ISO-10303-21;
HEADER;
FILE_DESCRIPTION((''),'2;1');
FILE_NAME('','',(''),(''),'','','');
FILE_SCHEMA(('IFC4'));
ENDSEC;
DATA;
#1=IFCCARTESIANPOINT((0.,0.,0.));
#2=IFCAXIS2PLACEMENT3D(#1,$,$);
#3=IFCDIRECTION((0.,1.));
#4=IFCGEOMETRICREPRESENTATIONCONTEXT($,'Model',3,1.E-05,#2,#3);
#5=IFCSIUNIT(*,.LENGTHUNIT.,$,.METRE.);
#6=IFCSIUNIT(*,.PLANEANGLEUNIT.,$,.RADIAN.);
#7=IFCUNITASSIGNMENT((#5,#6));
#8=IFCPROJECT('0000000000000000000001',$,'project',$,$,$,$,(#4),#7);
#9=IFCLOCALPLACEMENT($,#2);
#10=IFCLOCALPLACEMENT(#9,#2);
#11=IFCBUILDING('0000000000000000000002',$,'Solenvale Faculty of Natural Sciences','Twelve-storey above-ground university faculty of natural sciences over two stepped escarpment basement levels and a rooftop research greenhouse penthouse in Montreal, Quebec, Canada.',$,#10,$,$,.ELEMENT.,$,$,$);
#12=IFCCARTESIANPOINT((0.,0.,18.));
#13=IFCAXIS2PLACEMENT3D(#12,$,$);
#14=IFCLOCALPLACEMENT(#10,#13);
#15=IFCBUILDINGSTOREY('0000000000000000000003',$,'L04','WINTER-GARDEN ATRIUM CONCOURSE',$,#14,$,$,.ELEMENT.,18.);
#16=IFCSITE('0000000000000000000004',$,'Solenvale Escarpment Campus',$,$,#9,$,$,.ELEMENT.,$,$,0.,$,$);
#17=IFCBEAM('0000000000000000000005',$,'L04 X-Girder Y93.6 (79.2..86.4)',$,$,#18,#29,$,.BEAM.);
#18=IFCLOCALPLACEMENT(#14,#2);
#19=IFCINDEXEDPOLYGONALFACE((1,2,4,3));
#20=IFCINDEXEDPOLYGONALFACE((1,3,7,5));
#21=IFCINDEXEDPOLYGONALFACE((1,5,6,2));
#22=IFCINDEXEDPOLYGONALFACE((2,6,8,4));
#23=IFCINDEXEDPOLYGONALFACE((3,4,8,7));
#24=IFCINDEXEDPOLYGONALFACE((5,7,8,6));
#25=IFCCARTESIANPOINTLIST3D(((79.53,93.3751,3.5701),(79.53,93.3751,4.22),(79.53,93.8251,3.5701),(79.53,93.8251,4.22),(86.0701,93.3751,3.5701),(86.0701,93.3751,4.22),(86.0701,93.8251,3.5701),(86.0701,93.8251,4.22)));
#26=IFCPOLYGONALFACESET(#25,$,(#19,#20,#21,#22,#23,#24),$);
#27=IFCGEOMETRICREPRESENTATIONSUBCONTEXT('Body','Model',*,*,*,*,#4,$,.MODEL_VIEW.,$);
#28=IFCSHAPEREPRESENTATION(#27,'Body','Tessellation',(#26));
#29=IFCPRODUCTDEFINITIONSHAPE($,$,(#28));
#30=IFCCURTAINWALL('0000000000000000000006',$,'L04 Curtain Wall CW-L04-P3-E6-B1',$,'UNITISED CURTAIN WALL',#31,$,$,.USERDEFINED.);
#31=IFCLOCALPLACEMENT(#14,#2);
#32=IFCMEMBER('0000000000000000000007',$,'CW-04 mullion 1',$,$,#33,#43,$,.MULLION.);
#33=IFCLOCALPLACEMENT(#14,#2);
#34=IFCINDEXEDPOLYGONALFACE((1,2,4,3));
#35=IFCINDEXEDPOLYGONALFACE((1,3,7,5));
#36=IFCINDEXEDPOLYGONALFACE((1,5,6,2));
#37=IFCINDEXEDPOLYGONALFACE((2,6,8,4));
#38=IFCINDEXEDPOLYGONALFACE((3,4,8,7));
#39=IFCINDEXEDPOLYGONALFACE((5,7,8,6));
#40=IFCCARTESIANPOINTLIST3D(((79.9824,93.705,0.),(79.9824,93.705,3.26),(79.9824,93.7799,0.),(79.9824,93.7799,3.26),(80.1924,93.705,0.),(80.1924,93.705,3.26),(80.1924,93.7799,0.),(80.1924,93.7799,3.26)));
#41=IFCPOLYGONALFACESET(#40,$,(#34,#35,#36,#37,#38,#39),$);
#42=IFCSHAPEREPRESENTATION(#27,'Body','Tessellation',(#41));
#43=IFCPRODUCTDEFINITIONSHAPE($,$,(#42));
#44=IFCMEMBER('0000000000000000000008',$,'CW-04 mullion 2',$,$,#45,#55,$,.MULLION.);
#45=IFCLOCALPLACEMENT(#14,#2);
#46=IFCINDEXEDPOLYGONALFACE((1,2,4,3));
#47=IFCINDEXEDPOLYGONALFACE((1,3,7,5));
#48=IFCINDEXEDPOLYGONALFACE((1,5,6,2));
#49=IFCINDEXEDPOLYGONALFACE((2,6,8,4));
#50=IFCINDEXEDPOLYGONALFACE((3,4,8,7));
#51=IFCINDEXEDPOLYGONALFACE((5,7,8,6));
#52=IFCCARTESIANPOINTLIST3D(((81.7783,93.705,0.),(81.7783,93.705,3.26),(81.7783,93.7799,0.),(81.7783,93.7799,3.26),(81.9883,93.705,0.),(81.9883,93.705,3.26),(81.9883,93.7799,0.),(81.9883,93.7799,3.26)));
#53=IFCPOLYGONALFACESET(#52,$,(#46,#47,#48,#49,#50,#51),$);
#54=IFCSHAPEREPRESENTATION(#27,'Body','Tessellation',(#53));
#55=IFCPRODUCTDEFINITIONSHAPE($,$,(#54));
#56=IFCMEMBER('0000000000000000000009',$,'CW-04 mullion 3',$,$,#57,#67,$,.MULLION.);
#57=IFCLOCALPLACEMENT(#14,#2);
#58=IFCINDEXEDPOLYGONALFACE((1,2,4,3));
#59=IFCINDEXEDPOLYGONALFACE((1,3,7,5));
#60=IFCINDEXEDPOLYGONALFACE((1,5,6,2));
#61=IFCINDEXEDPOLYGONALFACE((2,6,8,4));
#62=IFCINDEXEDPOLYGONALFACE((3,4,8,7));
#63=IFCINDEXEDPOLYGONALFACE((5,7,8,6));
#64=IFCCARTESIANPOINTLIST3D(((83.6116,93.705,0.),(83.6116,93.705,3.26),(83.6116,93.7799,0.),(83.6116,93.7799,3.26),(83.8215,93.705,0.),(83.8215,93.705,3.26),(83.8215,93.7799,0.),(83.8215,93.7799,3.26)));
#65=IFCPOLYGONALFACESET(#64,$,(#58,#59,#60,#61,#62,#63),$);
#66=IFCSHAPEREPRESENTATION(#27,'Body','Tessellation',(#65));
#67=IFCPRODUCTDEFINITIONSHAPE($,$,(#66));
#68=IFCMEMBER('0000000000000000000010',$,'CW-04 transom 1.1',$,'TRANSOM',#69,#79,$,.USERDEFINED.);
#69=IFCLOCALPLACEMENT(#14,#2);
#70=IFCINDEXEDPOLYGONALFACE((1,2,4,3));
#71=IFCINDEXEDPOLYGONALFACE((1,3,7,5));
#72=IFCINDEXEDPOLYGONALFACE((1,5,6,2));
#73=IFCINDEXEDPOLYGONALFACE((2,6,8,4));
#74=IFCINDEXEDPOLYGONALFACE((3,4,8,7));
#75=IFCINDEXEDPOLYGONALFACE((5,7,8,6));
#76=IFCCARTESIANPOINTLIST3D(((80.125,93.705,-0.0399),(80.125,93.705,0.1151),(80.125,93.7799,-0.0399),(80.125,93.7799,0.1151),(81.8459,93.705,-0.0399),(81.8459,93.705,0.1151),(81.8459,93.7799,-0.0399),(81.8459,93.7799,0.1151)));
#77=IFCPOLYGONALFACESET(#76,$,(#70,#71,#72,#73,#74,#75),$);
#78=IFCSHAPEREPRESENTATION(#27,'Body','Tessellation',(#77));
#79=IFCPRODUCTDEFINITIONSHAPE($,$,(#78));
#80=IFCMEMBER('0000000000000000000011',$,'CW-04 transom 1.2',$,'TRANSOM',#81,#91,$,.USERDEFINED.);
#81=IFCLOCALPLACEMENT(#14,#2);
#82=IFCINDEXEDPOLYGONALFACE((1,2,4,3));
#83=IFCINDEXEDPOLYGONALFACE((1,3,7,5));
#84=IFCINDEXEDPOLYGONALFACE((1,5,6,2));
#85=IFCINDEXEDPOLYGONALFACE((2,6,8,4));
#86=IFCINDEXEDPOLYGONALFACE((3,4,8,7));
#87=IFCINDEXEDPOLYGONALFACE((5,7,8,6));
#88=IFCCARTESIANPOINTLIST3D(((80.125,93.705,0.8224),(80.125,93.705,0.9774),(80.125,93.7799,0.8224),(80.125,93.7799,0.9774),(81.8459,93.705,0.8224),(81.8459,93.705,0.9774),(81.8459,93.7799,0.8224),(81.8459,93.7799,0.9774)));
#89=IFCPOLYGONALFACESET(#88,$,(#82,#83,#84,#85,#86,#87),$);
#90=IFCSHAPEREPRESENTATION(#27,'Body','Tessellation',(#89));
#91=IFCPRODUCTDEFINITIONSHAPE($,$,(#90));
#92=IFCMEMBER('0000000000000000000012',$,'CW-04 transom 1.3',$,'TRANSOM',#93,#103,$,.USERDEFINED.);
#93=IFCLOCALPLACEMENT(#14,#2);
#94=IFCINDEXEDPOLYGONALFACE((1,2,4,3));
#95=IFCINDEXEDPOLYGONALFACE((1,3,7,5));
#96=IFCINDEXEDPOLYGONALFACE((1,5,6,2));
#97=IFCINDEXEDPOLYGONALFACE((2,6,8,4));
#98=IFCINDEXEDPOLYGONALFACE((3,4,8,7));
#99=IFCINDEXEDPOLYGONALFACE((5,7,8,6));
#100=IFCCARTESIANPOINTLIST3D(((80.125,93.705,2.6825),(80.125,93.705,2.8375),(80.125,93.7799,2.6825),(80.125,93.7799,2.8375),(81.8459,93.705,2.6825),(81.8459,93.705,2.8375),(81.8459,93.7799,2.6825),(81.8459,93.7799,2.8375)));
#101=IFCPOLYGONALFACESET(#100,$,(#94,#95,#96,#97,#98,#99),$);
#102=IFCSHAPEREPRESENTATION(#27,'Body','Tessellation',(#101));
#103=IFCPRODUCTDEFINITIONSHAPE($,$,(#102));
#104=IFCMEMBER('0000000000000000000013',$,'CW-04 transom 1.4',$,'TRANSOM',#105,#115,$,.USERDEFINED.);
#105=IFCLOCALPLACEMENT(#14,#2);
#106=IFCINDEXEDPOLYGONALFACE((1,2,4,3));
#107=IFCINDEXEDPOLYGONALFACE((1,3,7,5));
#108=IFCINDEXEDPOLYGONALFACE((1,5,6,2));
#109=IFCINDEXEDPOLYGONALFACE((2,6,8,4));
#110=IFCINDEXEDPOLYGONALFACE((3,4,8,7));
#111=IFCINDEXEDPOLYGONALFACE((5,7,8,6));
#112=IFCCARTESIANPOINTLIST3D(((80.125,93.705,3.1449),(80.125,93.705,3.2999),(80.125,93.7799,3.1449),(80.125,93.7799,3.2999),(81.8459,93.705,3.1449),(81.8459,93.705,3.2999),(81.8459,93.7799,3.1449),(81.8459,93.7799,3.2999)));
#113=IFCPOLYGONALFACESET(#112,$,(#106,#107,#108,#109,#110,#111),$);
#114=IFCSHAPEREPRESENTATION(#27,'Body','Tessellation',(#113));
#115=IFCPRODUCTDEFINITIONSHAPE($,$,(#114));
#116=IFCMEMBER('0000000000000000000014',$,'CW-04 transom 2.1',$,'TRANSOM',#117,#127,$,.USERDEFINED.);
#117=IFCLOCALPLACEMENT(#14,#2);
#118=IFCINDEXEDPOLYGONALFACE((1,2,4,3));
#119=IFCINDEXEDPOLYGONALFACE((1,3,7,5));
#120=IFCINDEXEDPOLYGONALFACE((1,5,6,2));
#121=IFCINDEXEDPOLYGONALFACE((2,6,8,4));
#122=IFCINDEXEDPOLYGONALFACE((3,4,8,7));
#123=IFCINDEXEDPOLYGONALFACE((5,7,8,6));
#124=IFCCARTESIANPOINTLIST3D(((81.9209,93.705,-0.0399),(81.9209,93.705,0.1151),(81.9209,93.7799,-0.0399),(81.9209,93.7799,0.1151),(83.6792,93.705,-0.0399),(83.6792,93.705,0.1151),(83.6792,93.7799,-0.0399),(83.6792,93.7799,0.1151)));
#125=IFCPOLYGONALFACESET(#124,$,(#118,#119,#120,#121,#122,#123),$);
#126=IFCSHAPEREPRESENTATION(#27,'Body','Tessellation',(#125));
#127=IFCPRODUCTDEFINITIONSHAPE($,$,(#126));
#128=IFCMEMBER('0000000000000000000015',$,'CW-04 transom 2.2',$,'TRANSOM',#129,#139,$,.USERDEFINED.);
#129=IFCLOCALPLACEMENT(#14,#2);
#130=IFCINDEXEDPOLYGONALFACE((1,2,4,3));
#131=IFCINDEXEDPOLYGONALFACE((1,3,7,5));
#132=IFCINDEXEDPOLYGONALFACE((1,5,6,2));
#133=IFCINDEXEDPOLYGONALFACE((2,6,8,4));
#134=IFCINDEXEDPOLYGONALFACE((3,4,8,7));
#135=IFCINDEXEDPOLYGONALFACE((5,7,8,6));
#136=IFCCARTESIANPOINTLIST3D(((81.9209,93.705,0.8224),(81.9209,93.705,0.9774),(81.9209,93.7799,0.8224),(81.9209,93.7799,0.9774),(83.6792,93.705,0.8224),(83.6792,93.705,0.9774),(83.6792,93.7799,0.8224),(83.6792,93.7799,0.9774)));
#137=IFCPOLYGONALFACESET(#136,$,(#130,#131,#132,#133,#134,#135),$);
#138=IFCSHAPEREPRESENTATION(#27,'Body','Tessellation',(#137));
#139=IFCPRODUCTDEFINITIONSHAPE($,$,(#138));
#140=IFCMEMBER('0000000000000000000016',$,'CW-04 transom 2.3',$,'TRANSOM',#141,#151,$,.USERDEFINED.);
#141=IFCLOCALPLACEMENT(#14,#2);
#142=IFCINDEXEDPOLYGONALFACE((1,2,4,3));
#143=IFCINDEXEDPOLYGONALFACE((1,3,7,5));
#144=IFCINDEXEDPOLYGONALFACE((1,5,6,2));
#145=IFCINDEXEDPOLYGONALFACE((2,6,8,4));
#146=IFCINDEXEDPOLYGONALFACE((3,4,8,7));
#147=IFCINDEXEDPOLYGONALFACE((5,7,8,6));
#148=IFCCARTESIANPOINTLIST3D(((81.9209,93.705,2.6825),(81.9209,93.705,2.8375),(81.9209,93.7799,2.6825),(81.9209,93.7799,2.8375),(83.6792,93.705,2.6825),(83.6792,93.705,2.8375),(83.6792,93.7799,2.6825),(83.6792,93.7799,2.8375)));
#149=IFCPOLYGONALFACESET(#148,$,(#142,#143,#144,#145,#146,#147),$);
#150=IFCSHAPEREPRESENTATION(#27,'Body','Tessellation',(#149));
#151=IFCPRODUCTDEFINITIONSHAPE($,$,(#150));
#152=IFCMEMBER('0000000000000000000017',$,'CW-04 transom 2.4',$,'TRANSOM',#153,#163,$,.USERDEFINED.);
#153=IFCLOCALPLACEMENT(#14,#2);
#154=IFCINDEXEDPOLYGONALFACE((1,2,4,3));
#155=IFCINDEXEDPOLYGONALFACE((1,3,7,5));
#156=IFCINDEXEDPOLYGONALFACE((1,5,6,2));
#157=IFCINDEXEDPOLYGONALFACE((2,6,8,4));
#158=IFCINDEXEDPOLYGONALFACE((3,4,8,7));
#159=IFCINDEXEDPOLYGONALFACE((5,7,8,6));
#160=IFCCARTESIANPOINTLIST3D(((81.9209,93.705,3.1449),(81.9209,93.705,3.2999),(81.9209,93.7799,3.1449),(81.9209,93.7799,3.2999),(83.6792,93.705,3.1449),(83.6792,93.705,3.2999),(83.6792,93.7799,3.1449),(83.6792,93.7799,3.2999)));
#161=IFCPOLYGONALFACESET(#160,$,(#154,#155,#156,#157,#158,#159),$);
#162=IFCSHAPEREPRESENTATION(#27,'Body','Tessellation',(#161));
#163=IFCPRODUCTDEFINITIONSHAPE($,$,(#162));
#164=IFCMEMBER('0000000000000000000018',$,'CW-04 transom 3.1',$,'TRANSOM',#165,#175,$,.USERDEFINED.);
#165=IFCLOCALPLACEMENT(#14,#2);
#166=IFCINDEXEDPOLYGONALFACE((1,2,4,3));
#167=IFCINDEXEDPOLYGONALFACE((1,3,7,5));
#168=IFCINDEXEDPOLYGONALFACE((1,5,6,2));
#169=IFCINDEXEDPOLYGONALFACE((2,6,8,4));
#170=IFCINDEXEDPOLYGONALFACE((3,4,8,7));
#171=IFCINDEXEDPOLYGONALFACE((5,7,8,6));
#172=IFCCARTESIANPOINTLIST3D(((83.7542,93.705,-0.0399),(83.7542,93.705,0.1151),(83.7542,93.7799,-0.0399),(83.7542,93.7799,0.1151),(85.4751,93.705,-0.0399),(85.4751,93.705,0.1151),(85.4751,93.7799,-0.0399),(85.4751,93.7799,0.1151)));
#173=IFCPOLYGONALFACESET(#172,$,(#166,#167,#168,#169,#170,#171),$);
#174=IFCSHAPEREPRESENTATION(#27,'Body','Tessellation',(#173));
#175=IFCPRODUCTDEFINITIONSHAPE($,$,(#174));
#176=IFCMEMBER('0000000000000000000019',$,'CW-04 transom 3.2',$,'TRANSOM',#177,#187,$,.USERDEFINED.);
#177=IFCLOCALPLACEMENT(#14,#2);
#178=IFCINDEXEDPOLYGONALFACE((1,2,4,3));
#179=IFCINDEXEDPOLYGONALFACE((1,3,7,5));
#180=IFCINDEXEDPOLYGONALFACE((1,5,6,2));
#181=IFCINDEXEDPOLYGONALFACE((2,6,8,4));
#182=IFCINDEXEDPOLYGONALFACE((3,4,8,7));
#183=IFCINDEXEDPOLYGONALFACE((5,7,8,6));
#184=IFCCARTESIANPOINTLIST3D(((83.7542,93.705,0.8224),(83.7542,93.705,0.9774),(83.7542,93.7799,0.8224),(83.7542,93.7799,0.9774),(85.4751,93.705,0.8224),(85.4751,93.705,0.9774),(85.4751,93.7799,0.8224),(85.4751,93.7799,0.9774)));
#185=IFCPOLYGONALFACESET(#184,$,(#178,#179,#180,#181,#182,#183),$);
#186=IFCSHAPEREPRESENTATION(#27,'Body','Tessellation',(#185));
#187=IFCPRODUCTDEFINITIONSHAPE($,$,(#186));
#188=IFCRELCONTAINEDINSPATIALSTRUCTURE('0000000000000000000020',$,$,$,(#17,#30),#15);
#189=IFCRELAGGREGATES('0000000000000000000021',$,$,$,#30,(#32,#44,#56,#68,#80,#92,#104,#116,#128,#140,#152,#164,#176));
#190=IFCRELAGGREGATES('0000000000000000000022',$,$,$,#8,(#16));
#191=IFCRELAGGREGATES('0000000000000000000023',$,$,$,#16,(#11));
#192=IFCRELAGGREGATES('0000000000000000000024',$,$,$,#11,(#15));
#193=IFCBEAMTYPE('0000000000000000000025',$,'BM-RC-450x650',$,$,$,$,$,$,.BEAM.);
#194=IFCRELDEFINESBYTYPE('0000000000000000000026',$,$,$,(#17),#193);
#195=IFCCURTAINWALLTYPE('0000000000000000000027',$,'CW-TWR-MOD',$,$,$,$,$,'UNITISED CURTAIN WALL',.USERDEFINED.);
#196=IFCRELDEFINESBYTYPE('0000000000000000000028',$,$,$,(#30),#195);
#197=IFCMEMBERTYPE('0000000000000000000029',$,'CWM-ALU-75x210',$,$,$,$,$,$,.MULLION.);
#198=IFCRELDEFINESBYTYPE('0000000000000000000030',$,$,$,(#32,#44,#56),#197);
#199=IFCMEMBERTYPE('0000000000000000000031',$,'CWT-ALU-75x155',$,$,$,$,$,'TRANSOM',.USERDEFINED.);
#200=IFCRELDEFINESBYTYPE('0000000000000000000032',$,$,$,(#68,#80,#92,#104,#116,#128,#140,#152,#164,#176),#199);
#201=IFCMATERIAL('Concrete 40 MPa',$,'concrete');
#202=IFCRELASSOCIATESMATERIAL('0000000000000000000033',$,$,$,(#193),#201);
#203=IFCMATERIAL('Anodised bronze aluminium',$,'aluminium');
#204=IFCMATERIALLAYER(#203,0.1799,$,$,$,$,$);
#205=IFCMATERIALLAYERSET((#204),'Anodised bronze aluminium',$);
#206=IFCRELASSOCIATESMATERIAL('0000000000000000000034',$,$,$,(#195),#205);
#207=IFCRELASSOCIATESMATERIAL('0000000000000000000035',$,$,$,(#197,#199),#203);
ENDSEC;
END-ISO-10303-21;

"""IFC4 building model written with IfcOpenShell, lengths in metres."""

from ifc_helpers import new_model, si_unit, direction, frame, origin, origin_2d, place, context, subcontext, project, spatial, rectangle, extrude, material, layer, layer_set, material_profile, profile_set, type_object, element, aggregate, save


model = new_model("IFC4")

# Units and contexts
model_context = context("Model", 3, precision=1e-05, world=origin(), true_north=direction((0.0, 1.0)))
body_context = subcontext(model_context, "Body", "Model", "MODEL_VIEW")
ifc_project = project(units=[si_unit("LENGTHUNIT", "METRE"), si_unit("PLANEANGLEUNIT", "RADIAN")], contexts=[model_context])

# Site, building, storey
site_placement = place(None, origin())
site = spatial("IfcSite", under=ifc_project, at=site_placement, Name="Solenvale Escarpment Campus", CompositionType="ELEMENT", RefElevation=0.0)
building_placement = place(site_placement, origin())
building = spatial("IfcBuilding", under=site, at=building_placement, Name="Solenvale Faculty of Natural Sciences", Description="Twelve-storey above-ground university faculty of natural sciences over two stepped escarpment basement levels and a rooftop research greenhouse penthouse in Montreal, Quebec, Canada.", CompositionType="ELEMENT")
storey_placement = place(building_placement, frame((0.0, 0.0, 18.0)))
storey = spatial("IfcBuildingStorey", under=building, at=storey_placement, Name="L04", Description="WINTER-GARDEN ATRIUM CONCOURSE", CompositionType="ELEMENT", Elevation=18.0)

# Beam
ifc_material_1 = material(Name="Concrete 40 MPa", Category="concrete")
ifc_material_profile_1 = material_profile(ifc_material_1, rectangle(XDim=0.45, YDim=0.6499, at=origin_2d()), Name="RC-BM-450x650")
ifc_profile_set_1 = profile_set([ifc_material_profile_1], Name="Concrete 40 MPa")
beam_type = type_object("IfcBeamType", Name="BM-RC-450x650", PredefinedType="BEAM", material=ifc_profile_set_1)
beam_placement = place(storey_placement, frame((79.53, 93.6001, 3.895), z_axis=(1.0, 0.0, 0.0), x_axis=(0.0, 1.0, 0.0)))
element("IfcBeam", 1, at=beam_placement, inside=storey, type_object=beam_type, Name="L04 X-Girder Y93.6 (79.2..86.4)", PredefinedType="BEAM", context=body_context, shape_type="SweptSolid", body=[
    extrude(rectangle(XDim=0.45, YDim=0.6499, at=origin_2d()), origin(), (0.0, 0.0, 1.0), 6.54),
])

# Curtain wall, members
ifc_material_2 = material(Name="Anodised bronze aluminium", Category="aluminium")
ifc_layer_1 = layer(ifc_material_2, 0.1799)
ifc_layer_set_1 = layer_set([ifc_layer_1], Name="Anodised bronze aluminium")
curtain_wall_type = type_object("IfcCurtainWallType", Name="CW-TWR-MOD", ElementType="UNITISED CURTAIN WALL", PredefinedType="USERDEFINED", material=ifc_layer_set_1)
curtain_wall_placement = place(storey_placement, origin())
curtain_wall = element("IfcCurtainWall", 2, at=curtain_wall_placement, inside=storey, type_object=curtain_wall_type, Name="L04 Curtain Wall CW-L04-P3-E6-B1", ObjectType="UNITISED CURTAIN WALL", PredefinedType="USERDEFINED")
ifc_material_profile_2 = material_profile(ifc_material_2, rectangle(XDim=0.075, YDim=0.21, at=origin_2d()), Name="ALU-MUL-75x210")
ifc_profile_set_2 = profile_set([ifc_material_profile_2], Name="Anodised bronze aluminium")
member_type_1 = type_object("IfcMemberType", Name="CWM-ALU-75x210", PredefinedType="MULLION", material=ifc_profile_set_2)
member_1_placement = place(storey_placement, frame((80.0874, 93.7424, 0.0), z_axis=(0.0, 0.0, 1.0), x_axis=(0.0, 1.0, 0.0)))
member_1 = element("IfcMember", 3, at=member_1_placement, type_object=member_type_1, Name="CW-04 mullion 1", PredefinedType="MULLION", context=body_context, shape_type="SweptSolid", body=[
    extrude(rectangle(XDim=0.075, YDim=0.21, at=origin_2d()), origin(), (0.0, 0.0, 1.0), 3.26),
])
member_2_placement = place(storey_placement, frame((81.8833, 93.7424, 0.0), z_axis=(0.0, 0.0, 1.0), x_axis=(0.0, 1.0, 0.0)))
member_2 = element("IfcMember", 4, at=member_2_placement, type_object=member_type_1, Name="CW-04 mullion 2", PredefinedType="MULLION", context=body_context, shape_type="SweptSolid", body=[
    extrude(rectangle(XDim=0.075, YDim=0.21, at=origin_2d()), origin(), (0.0, 0.0, 1.0), 3.26),
])
member_3_placement = place(storey_placement, frame((83.7166, 93.7424, 0.0), z_axis=(0.0, 0.0, 1.0), x_axis=(0.0, 1.0, 0.0)))
member_3 = element("IfcMember", 5, at=member_3_placement, type_object=member_type_1, Name="CW-04 mullion 3", PredefinedType="MULLION", context=body_context, shape_type="SweptSolid", body=[
    extrude(rectangle(XDim=0.075, YDim=0.21, at=origin_2d()), origin(), (0.0, 0.0, 1.0), 3.26),
])
ifc_material_profile_3 = material_profile(ifc_material_2, rectangle(XDim=0.075, YDim=0.155, at=origin_2d()), Name="ALU-TRN-75x155")
ifc_profile_set_3 = profile_set([ifc_material_profile_3], Name="Anodised bronze aluminium")
member_type_2 = type_object("IfcMemberType", Name="CWT-ALU-75x155", ElementType="TRANSOM", PredefinedType="USERDEFINED", material=ifc_profile_set_3)
member_4_placement = place(storey_placement, frame((80.125, 93.7424, 0.0376), z_axis=(1.0, 0.0, 0.0), x_axis=(0.0, 1.0, 0.0)))
member_4 = element("IfcMember", 6, at=member_4_placement, type_object=member_type_2, Name="CW-04 transom 1.1", ObjectType="TRANSOM", PredefinedType="USERDEFINED", context=body_context, shape_type="SweptSolid", body=[
    extrude(rectangle(XDim=0.075, YDim=0.155, at=origin_2d()), origin(), (0.0, 0.0, 1.0), 1.7209),
])
member_5_placement = place(storey_placement, frame((80.125, 93.7424, 0.8999), z_axis=(1.0, 0.0, 0.0), x_axis=(0.0, 1.0, 0.0)))
member_5 = element("IfcMember", 7, at=member_5_placement, type_object=member_type_2, Name="CW-04 transom 1.2", ObjectType="TRANSOM", PredefinedType="USERDEFINED", context=body_context, shape_type="SweptSolid", body=[
    extrude(rectangle(XDim=0.075, YDim=0.155, at=origin_2d()), origin(), (0.0, 0.0, 1.0), 1.7209),
])
member_6_placement = place(storey_placement, frame((80.125, 93.7424, 2.76), z_axis=(1.0, 0.0, 0.0), x_axis=(0.0, 1.0, 0.0)))
member_6 = element("IfcMember", 8, at=member_6_placement, type_object=member_type_2, Name="CW-04 transom 1.3", ObjectType="TRANSOM", PredefinedType="USERDEFINED", context=body_context, shape_type="SweptSolid", body=[
    extrude(rectangle(XDim=0.075, YDim=0.155, at=origin_2d()), origin(), (0.0, 0.0, 1.0), 1.7209),
])
member_7_placement = place(storey_placement, frame((80.125, 93.7424, 3.2224), z_axis=(1.0, 0.0, 0.0), x_axis=(0.0, 1.0, 0.0)))
member_7 = element("IfcMember", 9, at=member_7_placement, type_object=member_type_2, Name="CW-04 transom 1.4", ObjectType="TRANSOM", PredefinedType="USERDEFINED", context=body_context, shape_type="SweptSolid", body=[
    extrude(rectangle(XDim=0.075, YDim=0.155, at=origin_2d()), origin(), (0.0, 0.0, 1.0), 1.7209),
])
member_8_placement = place(storey_placement, frame((81.9209, 93.7424, 0.0376), z_axis=(1.0, 0.0, 0.0), x_axis=(0.0, 1.0, 0.0)))
member_8 = element("IfcMember", 10, at=member_8_placement, type_object=member_type_2, Name="CW-04 transom 2.1", ObjectType="TRANSOM", PredefinedType="USERDEFINED", context=body_context, shape_type="SweptSolid", body=[
    extrude(rectangle(XDim=0.075, YDim=0.155, at=origin_2d()), origin(), (0.0, 0.0, 1.0), 1.7583),
])
member_9_placement = place(storey_placement, frame((81.9209, 93.7424, 0.8999), z_axis=(1.0, 0.0, 0.0), x_axis=(0.0, 1.0, 0.0)))
member_9 = element("IfcMember", 11, at=member_9_placement, type_object=member_type_2, Name="CW-04 transom 2.2", ObjectType="TRANSOM", PredefinedType="USERDEFINED", context=body_context, shape_type="SweptSolid", body=[
    extrude(rectangle(XDim=0.075, YDim=0.155, at=origin_2d()), origin(), (0.0, 0.0, 1.0), 1.7583),
])
member_10_placement = place(storey_placement, frame((81.9209, 93.7424, 2.76), z_axis=(1.0, 0.0, 0.0), x_axis=(0.0, 1.0, 0.0)))
member_10 = element("IfcMember", 12, at=member_10_placement, type_object=member_type_2, Name="CW-04 transom 2.3", ObjectType="TRANSOM", PredefinedType="USERDEFINED", context=body_context, shape_type="SweptSolid", body=[
    extrude(rectangle(XDim=0.075, YDim=0.155, at=origin_2d()), origin(), (0.0, 0.0, 1.0), 1.7583),
])
member_11_placement = place(storey_placement, frame((81.9209, 93.7424, 3.2224), z_axis=(1.0, 0.0, 0.0), x_axis=(0.0, 1.0, 0.0)))
member_11 = element("IfcMember", 13, at=member_11_placement, type_object=member_type_2, Name="CW-04 transom 2.4", ObjectType="TRANSOM", PredefinedType="USERDEFINED", context=body_context, shape_type="SweptSolid", body=[
    extrude(rectangle(XDim=0.075, YDim=0.155, at=origin_2d()), origin(), (0.0, 0.0, 1.0), 1.7583),
])
member_12_placement = place(storey_placement, frame((83.7542, 93.7424, 0.0376), z_axis=(1.0, 0.0, 0.0), x_axis=(0.0, 1.0, 0.0)))
member_12 = element("IfcMember", 14, at=member_12_placement, type_object=member_type_2, Name="CW-04 transom 3.1", ObjectType="TRANSOM", PredefinedType="USERDEFINED", context=body_context, shape_type="SweptSolid", body=[
    extrude(rectangle(XDim=0.075, YDim=0.155, at=origin_2d()), origin(), (0.0, 0.0, 1.0), 1.7209),
])
member_13_placement = place(storey_placement, frame((83.7542, 93.7424, 0.8999), z_axis=(1.0, 0.0, 0.0), x_axis=(0.0, 1.0, 0.0)))
member_13 = element("IfcMember", 15, at=member_13_placement, type_object=member_type_2, Name="CW-04 transom 3.2", ObjectType="TRANSOM", PredefinedType="USERDEFINED", context=body_context, shape_type="SweptSolid", body=[
    extrude(rectangle(XDim=0.075, YDim=0.155, at=origin_2d()), origin(), (0.0, 0.0, 1.0), 1.7209),
])
aggregate(curtain_wall, [member_1, member_2, member_3, member_4, member_5, member_6, member_7, member_8, member_9, member_10, member_11, member_12, member_13])

save(model, "model.ifc")
